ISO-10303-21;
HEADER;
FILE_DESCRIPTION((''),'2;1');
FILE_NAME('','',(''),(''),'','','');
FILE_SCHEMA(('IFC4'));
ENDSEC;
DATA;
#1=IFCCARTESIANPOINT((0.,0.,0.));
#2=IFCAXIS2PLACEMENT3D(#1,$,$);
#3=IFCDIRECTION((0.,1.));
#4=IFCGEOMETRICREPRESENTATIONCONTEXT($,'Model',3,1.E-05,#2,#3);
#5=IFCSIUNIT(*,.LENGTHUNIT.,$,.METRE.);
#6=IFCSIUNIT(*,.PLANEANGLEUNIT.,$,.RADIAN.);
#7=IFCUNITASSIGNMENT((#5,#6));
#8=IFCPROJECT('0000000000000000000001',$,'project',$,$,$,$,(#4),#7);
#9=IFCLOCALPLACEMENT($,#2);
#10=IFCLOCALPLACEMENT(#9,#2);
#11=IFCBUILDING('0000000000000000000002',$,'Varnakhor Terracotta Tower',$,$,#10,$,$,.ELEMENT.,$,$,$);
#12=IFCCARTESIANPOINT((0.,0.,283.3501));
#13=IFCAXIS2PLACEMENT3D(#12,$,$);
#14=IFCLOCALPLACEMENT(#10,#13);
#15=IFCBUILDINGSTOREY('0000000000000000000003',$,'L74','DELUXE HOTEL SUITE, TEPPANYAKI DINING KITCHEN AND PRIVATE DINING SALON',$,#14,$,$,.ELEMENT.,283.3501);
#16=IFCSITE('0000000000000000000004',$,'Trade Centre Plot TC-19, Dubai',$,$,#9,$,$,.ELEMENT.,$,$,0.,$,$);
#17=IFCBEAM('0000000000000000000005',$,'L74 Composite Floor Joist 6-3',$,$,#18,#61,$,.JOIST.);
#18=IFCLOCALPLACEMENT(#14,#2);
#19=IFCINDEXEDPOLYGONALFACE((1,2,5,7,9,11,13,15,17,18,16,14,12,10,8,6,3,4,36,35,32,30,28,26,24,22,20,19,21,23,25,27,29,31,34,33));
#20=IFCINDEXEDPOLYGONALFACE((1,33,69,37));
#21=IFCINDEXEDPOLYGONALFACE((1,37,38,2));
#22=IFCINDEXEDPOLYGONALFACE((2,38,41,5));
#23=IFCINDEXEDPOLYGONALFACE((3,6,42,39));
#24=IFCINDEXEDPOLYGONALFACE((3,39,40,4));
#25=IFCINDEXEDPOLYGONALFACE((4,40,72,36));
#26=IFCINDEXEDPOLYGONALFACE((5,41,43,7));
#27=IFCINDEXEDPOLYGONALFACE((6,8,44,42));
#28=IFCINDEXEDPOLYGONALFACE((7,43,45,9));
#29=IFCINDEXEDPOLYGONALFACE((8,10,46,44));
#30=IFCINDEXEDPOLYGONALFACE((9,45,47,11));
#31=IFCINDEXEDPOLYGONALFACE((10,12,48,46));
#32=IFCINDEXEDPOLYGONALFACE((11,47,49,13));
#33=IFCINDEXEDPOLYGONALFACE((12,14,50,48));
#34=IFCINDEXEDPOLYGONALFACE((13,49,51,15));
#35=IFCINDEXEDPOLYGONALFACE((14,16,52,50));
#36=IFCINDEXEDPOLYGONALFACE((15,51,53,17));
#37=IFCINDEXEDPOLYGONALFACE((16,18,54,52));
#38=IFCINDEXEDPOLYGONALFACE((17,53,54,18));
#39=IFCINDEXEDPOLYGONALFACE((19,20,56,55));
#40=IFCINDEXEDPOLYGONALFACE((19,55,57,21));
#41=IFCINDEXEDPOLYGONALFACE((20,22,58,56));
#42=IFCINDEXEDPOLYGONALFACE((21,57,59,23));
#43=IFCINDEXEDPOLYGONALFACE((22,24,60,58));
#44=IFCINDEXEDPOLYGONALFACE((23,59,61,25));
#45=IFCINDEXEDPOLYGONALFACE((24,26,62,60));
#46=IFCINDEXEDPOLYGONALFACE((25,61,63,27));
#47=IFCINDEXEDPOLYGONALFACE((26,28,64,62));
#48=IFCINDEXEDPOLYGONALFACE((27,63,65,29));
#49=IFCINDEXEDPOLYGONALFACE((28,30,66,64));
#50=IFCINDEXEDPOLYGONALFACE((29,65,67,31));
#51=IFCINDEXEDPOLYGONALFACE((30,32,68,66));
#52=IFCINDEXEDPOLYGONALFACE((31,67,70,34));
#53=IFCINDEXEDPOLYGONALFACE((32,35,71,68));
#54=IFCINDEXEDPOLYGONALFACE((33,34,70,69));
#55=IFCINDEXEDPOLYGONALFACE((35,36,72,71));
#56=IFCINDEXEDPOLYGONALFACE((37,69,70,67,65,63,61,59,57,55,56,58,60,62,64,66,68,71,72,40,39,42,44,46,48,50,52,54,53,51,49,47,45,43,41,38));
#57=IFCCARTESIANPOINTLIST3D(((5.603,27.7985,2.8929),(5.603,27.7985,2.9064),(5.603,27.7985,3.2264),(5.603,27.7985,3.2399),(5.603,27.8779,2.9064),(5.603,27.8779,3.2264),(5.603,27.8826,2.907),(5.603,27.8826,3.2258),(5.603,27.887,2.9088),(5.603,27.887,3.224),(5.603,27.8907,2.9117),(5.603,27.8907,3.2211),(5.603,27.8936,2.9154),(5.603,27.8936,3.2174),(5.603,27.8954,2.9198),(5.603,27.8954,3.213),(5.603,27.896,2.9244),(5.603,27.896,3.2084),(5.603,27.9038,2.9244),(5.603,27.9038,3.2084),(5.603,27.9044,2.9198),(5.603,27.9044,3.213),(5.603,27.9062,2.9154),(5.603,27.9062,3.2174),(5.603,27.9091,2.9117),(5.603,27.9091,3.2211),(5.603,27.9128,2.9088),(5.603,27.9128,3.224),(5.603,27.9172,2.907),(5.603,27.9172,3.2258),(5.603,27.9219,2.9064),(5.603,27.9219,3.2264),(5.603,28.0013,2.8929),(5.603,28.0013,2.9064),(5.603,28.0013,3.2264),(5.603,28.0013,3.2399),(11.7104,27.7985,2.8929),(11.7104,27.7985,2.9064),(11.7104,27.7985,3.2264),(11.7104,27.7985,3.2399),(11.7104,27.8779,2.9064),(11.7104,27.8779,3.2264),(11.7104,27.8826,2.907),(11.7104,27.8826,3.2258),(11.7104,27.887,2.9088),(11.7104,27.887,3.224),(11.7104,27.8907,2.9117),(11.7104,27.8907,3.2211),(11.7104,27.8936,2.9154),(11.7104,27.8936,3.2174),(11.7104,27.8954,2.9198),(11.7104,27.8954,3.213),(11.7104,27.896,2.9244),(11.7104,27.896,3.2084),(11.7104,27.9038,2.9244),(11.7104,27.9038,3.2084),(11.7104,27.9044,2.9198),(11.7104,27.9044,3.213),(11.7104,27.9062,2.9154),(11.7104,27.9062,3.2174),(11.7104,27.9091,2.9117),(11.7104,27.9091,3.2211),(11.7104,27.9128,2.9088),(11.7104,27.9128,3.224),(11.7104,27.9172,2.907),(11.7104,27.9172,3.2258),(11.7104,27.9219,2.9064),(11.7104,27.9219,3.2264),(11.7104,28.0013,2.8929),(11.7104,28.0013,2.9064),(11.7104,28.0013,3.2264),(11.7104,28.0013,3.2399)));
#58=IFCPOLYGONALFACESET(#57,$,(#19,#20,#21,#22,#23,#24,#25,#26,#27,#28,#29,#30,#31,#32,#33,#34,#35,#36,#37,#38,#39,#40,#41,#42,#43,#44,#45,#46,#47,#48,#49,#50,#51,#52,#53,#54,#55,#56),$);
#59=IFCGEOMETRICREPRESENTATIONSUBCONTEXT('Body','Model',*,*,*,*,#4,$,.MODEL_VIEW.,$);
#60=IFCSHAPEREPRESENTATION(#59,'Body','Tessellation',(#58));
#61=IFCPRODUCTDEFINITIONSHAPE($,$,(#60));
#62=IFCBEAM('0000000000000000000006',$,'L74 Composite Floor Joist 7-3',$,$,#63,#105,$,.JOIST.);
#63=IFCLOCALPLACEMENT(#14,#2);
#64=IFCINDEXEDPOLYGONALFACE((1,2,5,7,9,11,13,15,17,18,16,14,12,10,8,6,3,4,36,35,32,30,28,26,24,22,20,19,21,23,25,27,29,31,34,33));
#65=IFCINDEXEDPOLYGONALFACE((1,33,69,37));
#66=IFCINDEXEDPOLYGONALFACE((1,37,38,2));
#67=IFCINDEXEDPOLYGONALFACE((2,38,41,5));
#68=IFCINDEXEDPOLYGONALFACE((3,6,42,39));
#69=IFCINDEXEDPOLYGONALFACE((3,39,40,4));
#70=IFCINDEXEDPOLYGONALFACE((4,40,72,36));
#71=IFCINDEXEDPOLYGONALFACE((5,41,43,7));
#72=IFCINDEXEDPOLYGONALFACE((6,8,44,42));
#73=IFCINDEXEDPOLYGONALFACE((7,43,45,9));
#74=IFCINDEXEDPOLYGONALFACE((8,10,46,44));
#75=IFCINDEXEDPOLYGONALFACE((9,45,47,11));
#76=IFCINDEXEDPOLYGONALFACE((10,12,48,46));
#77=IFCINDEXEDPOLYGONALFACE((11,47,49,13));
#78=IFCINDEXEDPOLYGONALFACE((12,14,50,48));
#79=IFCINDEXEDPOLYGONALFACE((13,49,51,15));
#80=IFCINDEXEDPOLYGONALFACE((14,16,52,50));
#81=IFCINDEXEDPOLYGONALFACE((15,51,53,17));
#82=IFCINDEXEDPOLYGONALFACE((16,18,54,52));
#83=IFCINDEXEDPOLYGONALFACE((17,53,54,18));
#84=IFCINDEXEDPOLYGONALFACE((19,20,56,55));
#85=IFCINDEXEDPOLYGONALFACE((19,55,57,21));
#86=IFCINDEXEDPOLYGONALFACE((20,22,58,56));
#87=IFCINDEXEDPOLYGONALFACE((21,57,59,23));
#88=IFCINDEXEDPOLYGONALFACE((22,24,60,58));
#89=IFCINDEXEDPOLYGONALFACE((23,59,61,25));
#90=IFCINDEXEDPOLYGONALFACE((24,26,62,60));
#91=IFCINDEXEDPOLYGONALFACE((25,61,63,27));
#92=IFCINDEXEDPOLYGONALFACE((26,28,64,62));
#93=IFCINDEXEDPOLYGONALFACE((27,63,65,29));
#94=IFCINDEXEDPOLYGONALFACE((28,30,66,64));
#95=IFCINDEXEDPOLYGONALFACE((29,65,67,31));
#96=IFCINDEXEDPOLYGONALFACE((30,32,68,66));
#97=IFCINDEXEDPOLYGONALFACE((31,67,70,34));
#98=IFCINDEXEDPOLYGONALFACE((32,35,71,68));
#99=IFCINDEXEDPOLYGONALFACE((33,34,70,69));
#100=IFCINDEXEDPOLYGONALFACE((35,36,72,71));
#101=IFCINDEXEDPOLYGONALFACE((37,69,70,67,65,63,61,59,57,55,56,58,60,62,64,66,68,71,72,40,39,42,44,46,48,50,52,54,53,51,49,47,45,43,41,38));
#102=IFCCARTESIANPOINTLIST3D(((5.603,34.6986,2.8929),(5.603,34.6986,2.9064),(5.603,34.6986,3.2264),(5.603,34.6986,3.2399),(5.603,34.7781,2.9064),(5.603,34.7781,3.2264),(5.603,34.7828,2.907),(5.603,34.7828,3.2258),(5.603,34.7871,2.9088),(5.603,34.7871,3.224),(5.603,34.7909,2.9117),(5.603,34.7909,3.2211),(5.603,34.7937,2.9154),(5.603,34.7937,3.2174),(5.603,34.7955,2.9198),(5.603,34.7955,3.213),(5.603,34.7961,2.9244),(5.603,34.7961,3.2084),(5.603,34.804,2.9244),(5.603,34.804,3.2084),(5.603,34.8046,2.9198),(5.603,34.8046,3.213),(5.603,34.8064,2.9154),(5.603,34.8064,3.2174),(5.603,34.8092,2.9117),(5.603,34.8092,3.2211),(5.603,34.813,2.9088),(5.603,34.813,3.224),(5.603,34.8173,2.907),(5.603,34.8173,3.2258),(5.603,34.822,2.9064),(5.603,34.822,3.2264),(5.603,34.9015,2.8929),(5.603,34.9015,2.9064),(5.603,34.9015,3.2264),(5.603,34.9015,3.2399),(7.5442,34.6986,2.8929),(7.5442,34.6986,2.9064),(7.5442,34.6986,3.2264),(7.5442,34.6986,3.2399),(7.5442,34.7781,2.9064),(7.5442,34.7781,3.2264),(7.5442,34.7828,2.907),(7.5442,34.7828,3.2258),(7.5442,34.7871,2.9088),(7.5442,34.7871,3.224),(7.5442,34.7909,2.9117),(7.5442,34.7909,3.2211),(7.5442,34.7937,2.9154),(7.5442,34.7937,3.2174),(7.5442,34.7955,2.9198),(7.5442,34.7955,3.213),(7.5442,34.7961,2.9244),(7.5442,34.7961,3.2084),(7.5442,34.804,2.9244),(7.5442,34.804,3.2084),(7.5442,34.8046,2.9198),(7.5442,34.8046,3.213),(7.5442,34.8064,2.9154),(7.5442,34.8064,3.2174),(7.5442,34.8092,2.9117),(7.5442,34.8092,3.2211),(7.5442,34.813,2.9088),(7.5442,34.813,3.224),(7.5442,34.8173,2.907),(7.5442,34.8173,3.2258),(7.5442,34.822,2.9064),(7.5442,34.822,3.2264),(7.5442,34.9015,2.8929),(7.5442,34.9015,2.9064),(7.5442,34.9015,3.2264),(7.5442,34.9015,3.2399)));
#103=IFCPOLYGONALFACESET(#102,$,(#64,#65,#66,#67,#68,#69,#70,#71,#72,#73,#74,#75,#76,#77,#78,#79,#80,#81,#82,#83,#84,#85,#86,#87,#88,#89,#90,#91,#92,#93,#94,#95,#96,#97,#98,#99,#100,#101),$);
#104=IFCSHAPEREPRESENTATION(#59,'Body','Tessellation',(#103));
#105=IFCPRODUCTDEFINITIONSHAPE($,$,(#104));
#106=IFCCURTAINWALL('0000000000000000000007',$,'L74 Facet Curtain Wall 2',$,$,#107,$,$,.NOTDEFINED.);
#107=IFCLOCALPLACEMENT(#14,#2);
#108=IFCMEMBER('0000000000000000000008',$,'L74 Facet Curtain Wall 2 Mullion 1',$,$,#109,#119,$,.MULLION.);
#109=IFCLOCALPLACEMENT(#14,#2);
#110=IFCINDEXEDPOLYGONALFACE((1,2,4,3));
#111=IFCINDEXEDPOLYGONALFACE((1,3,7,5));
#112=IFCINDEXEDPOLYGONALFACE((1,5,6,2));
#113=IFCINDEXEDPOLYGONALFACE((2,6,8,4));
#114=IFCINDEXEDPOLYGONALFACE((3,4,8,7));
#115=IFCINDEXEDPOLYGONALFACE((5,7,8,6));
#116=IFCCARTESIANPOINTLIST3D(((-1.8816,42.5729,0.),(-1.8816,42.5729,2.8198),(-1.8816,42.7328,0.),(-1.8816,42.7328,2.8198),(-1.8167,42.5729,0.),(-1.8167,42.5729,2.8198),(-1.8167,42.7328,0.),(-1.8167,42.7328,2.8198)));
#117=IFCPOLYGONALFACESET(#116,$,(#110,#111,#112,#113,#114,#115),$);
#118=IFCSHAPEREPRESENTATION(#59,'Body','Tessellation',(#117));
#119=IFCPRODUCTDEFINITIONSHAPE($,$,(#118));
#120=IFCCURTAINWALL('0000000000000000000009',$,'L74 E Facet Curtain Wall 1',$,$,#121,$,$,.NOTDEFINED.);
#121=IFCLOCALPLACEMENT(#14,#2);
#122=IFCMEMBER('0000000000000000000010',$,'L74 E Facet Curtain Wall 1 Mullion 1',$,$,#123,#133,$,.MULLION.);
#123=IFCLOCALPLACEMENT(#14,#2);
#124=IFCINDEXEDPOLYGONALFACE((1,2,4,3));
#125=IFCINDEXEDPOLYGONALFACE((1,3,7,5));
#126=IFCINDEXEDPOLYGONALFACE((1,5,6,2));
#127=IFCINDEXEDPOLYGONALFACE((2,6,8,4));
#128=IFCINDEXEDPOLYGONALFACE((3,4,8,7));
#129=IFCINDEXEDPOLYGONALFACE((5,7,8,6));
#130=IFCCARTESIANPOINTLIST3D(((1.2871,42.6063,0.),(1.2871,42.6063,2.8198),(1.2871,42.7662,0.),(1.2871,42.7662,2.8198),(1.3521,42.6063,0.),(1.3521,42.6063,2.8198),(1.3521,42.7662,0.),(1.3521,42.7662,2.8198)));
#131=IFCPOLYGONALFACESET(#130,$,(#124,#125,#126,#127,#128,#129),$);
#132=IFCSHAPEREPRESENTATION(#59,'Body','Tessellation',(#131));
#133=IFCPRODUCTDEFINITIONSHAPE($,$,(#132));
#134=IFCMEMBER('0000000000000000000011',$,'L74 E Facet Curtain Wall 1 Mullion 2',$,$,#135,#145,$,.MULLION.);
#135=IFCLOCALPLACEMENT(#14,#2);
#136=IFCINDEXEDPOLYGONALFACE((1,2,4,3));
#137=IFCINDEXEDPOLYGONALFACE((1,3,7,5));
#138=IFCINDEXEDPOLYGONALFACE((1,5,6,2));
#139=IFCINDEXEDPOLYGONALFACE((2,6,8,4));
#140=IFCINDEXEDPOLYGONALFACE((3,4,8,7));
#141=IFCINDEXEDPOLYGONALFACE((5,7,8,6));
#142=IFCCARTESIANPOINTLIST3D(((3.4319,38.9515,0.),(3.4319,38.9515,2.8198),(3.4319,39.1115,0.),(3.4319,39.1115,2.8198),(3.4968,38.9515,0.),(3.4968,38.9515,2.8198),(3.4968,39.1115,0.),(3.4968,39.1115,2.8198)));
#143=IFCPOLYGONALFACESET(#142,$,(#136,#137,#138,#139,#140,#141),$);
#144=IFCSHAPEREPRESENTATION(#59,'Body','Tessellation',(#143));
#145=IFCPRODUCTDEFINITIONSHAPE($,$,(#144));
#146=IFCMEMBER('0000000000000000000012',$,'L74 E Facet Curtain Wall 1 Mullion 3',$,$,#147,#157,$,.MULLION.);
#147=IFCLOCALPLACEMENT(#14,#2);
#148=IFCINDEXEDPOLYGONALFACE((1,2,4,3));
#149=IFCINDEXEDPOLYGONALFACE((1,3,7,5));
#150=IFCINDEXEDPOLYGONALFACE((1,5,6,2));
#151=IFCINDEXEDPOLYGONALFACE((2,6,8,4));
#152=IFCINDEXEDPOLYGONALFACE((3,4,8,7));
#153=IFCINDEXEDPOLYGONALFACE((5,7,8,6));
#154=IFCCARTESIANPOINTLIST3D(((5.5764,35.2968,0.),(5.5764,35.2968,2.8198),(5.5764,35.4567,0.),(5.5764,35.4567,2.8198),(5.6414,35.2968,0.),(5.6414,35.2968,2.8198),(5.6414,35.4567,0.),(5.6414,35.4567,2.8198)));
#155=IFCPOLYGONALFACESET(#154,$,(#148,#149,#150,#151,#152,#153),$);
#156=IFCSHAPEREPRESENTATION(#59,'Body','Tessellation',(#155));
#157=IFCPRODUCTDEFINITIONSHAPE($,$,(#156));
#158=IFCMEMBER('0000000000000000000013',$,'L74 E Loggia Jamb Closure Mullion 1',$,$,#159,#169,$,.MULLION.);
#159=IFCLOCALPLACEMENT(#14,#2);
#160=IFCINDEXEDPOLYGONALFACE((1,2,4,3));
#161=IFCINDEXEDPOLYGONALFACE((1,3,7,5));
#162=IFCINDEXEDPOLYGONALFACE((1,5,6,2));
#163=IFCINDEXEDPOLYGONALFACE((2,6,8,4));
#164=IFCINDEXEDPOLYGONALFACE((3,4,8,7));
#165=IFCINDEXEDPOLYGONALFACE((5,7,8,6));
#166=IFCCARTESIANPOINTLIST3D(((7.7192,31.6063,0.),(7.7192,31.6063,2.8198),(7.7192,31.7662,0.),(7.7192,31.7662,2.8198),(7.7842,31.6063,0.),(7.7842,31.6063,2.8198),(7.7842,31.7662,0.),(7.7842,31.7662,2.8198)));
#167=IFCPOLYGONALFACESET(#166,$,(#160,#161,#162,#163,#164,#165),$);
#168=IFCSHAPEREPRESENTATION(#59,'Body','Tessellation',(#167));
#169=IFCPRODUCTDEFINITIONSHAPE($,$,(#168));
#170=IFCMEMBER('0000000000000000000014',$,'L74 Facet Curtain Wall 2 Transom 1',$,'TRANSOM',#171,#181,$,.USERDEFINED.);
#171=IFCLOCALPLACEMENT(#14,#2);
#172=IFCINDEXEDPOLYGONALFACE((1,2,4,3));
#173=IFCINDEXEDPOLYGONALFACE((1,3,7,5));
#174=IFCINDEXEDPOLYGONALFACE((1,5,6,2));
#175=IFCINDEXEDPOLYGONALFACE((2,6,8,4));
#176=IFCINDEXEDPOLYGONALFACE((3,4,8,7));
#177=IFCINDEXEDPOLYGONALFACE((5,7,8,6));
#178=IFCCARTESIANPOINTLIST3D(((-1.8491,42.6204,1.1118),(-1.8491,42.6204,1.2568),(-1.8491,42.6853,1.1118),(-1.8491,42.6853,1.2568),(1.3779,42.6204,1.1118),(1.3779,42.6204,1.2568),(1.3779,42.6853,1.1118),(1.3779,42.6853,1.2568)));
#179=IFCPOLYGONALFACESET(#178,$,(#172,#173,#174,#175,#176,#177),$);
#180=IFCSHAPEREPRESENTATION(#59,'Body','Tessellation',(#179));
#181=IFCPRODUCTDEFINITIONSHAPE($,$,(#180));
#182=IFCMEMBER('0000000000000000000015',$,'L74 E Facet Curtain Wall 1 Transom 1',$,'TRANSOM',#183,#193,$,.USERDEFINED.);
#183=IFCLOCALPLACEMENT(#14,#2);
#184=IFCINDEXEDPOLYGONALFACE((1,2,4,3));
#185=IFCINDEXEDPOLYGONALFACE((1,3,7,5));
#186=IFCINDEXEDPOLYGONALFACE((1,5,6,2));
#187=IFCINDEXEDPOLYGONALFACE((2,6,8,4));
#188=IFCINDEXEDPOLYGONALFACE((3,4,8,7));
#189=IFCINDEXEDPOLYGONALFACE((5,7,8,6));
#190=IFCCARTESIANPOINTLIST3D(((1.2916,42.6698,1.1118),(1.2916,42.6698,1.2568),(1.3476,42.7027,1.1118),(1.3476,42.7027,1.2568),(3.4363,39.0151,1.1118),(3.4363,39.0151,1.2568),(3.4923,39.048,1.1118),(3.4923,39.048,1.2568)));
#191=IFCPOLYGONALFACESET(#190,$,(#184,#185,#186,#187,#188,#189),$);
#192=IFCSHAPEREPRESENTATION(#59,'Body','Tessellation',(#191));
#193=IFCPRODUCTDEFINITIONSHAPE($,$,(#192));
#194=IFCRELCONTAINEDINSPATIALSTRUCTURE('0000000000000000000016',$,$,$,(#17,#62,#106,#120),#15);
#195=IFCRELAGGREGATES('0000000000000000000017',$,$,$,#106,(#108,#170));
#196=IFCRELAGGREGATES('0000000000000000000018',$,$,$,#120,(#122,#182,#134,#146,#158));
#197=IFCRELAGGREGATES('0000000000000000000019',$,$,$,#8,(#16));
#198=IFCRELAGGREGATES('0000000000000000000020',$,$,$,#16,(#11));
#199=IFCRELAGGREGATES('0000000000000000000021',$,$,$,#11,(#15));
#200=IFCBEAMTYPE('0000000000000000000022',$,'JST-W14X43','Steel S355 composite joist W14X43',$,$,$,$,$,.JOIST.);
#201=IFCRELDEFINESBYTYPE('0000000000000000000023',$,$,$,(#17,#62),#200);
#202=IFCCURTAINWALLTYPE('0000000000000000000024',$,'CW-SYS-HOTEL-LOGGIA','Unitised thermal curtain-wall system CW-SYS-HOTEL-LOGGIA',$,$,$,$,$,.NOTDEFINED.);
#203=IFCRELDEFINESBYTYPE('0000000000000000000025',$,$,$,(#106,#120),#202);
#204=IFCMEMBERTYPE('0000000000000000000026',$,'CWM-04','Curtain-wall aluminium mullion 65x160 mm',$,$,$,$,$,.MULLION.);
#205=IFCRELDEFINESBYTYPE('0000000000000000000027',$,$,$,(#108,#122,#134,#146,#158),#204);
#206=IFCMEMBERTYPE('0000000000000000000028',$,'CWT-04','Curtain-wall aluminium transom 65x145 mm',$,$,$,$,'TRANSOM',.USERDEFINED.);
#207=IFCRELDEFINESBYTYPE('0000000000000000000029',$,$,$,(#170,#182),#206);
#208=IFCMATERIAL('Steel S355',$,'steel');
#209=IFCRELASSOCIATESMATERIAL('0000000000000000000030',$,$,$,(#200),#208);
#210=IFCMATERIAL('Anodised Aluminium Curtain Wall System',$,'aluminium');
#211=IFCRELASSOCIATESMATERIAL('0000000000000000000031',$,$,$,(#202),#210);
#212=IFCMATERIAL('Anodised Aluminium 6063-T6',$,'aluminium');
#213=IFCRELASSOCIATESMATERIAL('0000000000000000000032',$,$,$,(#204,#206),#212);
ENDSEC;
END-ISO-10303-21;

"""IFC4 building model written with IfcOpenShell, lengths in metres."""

from ifc_helpers import new_model, si_unit, direction, frame, origin, origin_2d, place, context, subcontext, project, spatial, rectangle, i_section, extrude, source, transform, mapped, material, material_profile, profile_set, type_object, element, aggregate, save


model = new_model("IFC4")

# Units and contexts
model_context = context("Model", 3, precision=1e-05, world=origin(), true_north=direction((0.0, 1.0)))
body_context = subcontext(model_context, "Body", "Model", "MODEL_VIEW")
ifc_project = project(units=[si_unit("LENGTHUNIT", "METRE"), si_unit("PLANEANGLEUNIT", "RADIAN")], contexts=[model_context])

# Site, building, storey
site_placement = place(None, origin())
site = spatial("IfcSite", under=ifc_project, at=site_placement, Name="Trade Centre Plot TC-19, Dubai", CompositionType="ELEMENT", RefElevation=0.0)
building_placement = place(site_placement, origin())
building = spatial("IfcBuilding", under=site, at=building_placement, Name="Varnakhor Terracotta Tower", CompositionType="ELEMENT")
storey_placement = place(building_placement, frame((0.0, 0.0, 283.3501)))
storey = spatial("IfcBuildingStorey", under=building, at=storey_placement, Name="L74", Description="DELUXE HOTEL SUITE, TEPPANYAKI DINING KITCHEN AND PRIVATE DINING SALON", CompositionType="ELEMENT", Elevation=283.3501)

# Shared definitions
ifc_material_1 = material(Name="Steel S355", Category="steel")

# Beams
ifc_material_profile_1 = material_profile(ifc_material_1, i_section(OverallWidth=0.2029, OverallDepth=0.3469, WebThickness=0.0078, FlangeThickness=0.0134, FilletRadius=0.0181, at=origin_2d()), Name="W14X43")
ifc_profile_set_1 = profile_set([ifc_material_profile_1], Name="Steel S355")
beam_type_1 = type_object("IfcBeamType", Name="JST-W14X43", Description="Steel S355 composite joist W14X43", PredefinedType="JOIST", material=ifc_profile_set_1)
shared_shape_1 = source(origin(), body_context, "Body", "SweptSolid", [
    extrude(i_section(OverallWidth=0.2029, OverallDepth=0.3469, WebThickness=0.0078, FlangeThickness=0.0134, FilletRadius=0.0181, at=origin_2d()), origin(), (0.0, 0.0, 1.0), 6.1074),
])
beam_1_placement = place(storey_placement, frame((5.603, 27.8999, 3.0664), z_axis=(1.0, 0.0, 0.0), x_axis=(0.0, 1.0, 0.0)))
element("IfcBeam", 1, at=beam_1_placement, inside=storey, type_object=beam_type_1, Name="L74 Composite Floor Joist 6-3", PredefinedType="JOIST", context=body_context, shape_type="MappedRepresentation", body=[
    mapped(shared_shape_1, transform((0.0, 0.0, 0.0), scale=1.0)),
])
shared_shape_2 = source(origin(), body_context, "Body", "SweptSolid", [
    extrude(i_section(OverallWidth=0.2029, OverallDepth=0.3469, WebThickness=0.0078, FlangeThickness=0.0134, FilletRadius=0.0181, at=origin_2d()), origin(), (0.0, 0.0, 1.0), 1.9412),
])
beam_2_placement = place(storey_placement, frame((5.603, 34.8, 3.0664), z_axis=(1.0, 0.0, 0.0), x_axis=(0.0, 1.0, 0.0)))
element("IfcBeam", 2, at=beam_2_placement, inside=storey, type_object=beam_type_1, Name="L74 Composite Floor Joist 7-3", PredefinedType="JOIST", context=body_context, shape_type="MappedRepresentation", body=[
    mapped(shared_shape_2, transform((0.0, 0.0, 0.0), scale=1.0)),
])

# Curtain wall, member
ifc_material_2 = material(Name="Anodised Aluminium Curtain Wall System", Category="aluminium")
curtain_wall_type = type_object("IfcCurtainWallType", Name="CW-SYS-HOTEL-LOGGIA", Description="Unitised thermal curtain-wall system CW-SYS-HOTEL-LOGGIA", PredefinedType="NOTDEFINED", material=ifc_material_2)
curtain_wall_1_placement = place(storey_placement, origin())
curtain_wall_1 = element("IfcCurtainWall", 3, at=curtain_wall_1_placement, inside=storey, type_object=curtain_wall_type, Name="L74 Facet Curtain Wall 2", PredefinedType="NOTDEFINED")
ifc_material_3 = material(Name="Anodised Aluminium 6063-T6", Category="aluminium")
ifc_material_profile_2 = material_profile(ifc_material_3, rectangle(XDim=0.0649, YDim=0.1599, at=origin_2d()), Name="ALU MULLION 65x160")
ifc_profile_set_2 = profile_set([ifc_material_profile_2], Name="Anodised Aluminium 6063-T6")
member_type_1 = type_object("IfcMemberType", Name="CWM-04", Description="Curtain-wall aluminium mullion 65x160 mm", PredefinedType="MULLION", material=ifc_profile_set_2)
shared_shape_3 = source(origin(), body_context, "Body", "SweptSolid", [
    extrude(rectangle(XDim=0.0649, YDim=0.1599, at=origin_2d()), origin(), (0.0, 0.0, 1.0), 2.8198),
])
member_1_placement = place(storey_placement, frame((-1.8491, 42.6528, 0.0), z_axis=(0.0, 0.0, 1.0), x_axis=(1.0, 0.0, 0.0)))
member_1 = element("IfcMember", 4, at=member_1_placement, type_object=member_type_1, Name="L74 Facet Curtain Wall 2 Mullion 1", PredefinedType="MULLION", context=body_context, shape_type="MappedRepresentation", body=[
    mapped(shared_shape_3, transform((0.0, 0.0, 0.0), scale=1.0)),
])

# Curtain wall, members
curtain_wall_2_placement = place(storey_placement, origin())
curtain_wall_2 = element("IfcCurtainWall", 5, at=curtain_wall_2_placement, inside=storey, type_object=curtain_wall_type, Name="L74 E Facet Curtain Wall 1", PredefinedType="NOTDEFINED")
member_2_placement = place(storey_placement, frame((1.3196, 42.6863, 0.0), z_axis=(0.0, 0.0, 1.0), x_axis=(1.0, 0.0, 0.0)))
member_2 = element("IfcMember", 6, at=member_2_placement, type_object=member_type_1, Name="L74 E Facet Curtain Wall 1 Mullion 1", PredefinedType="MULLION", context=body_context, shape_type="MappedRepresentation", body=[
    mapped(shared_shape_3, transform((0.0, 0.0, 0.0), scale=1.0)),
])
member_3_placement = place(storey_placement, frame((3.4644, 39.0315, 0.0), z_axis=(0.0, 0.0, 1.0), x_axis=(1.0, 0.0, 0.0)))
member_3 = element("IfcMember", 7, at=member_3_placement, type_object=member_type_1, Name="L74 E Facet Curtain Wall 1 Mullion 2", PredefinedType="MULLION", context=body_context, shape_type="MappedRepresentation", body=[
    mapped(shared_shape_3, transform((0.0, 0.0, 0.0), scale=1.0)),
])
member_4_placement = place(storey_placement, frame((5.6089, 35.3767, 0.0), z_axis=(0.0, 0.0, 1.0), x_axis=(1.0, 0.0, 0.0)))
member_4 = element("IfcMember", 8, at=member_4_placement, type_object=member_type_1, Name="L74 E Facet Curtain Wall 1 Mullion 3", PredefinedType="MULLION", context=body_context, shape_type="MappedRepresentation", body=[
    mapped(shared_shape_3, transform((0.0, 0.0, 0.0), scale=1.0)),
])
member_5_placement = place(storey_placement, frame((7.7517, 31.6863, 0.0), z_axis=(0.0, 0.0, 1.0), x_axis=(1.0, 0.0, 0.0)))
member_5 = element("IfcMember", 9, at=member_5_placement, type_object=member_type_1, Name="L74 E Loggia Jamb Closure Mullion 1", PredefinedType="MULLION", context=body_context, shape_type="MappedRepresentation", body=[
    mapped(shared_shape_3, transform((0.0, 0.0, 0.0), scale=1.0)),
])

# Members
ifc_material_profile_3 = material_profile(ifc_material_3, rectangle(XDim=0.0649, YDim=0.145, at=origin_2d()), Name="ALU TRANSOM 65x145")
ifc_profile_set_3 = profile_set([ifc_material_profile_3], Name="Anodised Aluminium 6063-T6")
member_type_2 = type_object("IfcMemberType", Name="CWT-04", Description="Curtain-wall aluminium transom 65x145 mm", ElementType="TRANSOM", PredefinedType="USERDEFINED", material=ifc_profile_set_3)
shared_shape_4 = source(origin(), body_context, "Body", "SweptSolid", [
    extrude(rectangle(XDim=0.0649, YDim=0.145, at=origin_2d()), origin(), (0.0, 0.0, 1.0), 3.2271),
])
member_6_placement = place(storey_placement, frame((-1.8491, 42.6528, 1.1843), z_axis=(1.0, 0.0, 0.0), x_axis=(0.0, 1.0, 0.0)))
member_6 = element("IfcMember", 10, at=member_6_placement, type_object=member_type_2, Name="L74 Facet Curtain Wall 2 Transom 1", ObjectType="TRANSOM", PredefinedType="USERDEFINED", context=body_context, shape_type="MappedRepresentation", body=[
    mapped(shared_shape_4, transform((0.0, 0.0, 0.0), scale=1.0)),
])
shared_shape_5 = source(origin(), body_context, "Body", "SweptSolid", [
    extrude(rectangle(XDim=0.0649, YDim=0.145, at=origin_2d()), origin(), (0.0, 0.0, 1.0), 4.2375),
])
member_7_placement = place(storey_placement, frame((1.3196, 42.6863, 1.1843), z_axis=(0.506126, -0.86246, 0.0), x_axis=(0.86246, 0.506126, 0.0)))
member_7 = element("IfcMember", 11, at=member_7_placement, type_object=member_type_2, Name="L74 E Facet Curtain Wall 1 Transom 1", ObjectType="TRANSOM", PredefinedType="USERDEFINED", context=body_context, shape_type="MappedRepresentation", body=[
    mapped(shared_shape_5, transform((0.0, 0.0, 0.0), scale=1.0)),
])

aggregate(curtain_wall_1, [member_1, member_6])
aggregate(curtain_wall_2, [member_2, member_7, member_3, member_4, member_5])

save(model, "model.ifc")
